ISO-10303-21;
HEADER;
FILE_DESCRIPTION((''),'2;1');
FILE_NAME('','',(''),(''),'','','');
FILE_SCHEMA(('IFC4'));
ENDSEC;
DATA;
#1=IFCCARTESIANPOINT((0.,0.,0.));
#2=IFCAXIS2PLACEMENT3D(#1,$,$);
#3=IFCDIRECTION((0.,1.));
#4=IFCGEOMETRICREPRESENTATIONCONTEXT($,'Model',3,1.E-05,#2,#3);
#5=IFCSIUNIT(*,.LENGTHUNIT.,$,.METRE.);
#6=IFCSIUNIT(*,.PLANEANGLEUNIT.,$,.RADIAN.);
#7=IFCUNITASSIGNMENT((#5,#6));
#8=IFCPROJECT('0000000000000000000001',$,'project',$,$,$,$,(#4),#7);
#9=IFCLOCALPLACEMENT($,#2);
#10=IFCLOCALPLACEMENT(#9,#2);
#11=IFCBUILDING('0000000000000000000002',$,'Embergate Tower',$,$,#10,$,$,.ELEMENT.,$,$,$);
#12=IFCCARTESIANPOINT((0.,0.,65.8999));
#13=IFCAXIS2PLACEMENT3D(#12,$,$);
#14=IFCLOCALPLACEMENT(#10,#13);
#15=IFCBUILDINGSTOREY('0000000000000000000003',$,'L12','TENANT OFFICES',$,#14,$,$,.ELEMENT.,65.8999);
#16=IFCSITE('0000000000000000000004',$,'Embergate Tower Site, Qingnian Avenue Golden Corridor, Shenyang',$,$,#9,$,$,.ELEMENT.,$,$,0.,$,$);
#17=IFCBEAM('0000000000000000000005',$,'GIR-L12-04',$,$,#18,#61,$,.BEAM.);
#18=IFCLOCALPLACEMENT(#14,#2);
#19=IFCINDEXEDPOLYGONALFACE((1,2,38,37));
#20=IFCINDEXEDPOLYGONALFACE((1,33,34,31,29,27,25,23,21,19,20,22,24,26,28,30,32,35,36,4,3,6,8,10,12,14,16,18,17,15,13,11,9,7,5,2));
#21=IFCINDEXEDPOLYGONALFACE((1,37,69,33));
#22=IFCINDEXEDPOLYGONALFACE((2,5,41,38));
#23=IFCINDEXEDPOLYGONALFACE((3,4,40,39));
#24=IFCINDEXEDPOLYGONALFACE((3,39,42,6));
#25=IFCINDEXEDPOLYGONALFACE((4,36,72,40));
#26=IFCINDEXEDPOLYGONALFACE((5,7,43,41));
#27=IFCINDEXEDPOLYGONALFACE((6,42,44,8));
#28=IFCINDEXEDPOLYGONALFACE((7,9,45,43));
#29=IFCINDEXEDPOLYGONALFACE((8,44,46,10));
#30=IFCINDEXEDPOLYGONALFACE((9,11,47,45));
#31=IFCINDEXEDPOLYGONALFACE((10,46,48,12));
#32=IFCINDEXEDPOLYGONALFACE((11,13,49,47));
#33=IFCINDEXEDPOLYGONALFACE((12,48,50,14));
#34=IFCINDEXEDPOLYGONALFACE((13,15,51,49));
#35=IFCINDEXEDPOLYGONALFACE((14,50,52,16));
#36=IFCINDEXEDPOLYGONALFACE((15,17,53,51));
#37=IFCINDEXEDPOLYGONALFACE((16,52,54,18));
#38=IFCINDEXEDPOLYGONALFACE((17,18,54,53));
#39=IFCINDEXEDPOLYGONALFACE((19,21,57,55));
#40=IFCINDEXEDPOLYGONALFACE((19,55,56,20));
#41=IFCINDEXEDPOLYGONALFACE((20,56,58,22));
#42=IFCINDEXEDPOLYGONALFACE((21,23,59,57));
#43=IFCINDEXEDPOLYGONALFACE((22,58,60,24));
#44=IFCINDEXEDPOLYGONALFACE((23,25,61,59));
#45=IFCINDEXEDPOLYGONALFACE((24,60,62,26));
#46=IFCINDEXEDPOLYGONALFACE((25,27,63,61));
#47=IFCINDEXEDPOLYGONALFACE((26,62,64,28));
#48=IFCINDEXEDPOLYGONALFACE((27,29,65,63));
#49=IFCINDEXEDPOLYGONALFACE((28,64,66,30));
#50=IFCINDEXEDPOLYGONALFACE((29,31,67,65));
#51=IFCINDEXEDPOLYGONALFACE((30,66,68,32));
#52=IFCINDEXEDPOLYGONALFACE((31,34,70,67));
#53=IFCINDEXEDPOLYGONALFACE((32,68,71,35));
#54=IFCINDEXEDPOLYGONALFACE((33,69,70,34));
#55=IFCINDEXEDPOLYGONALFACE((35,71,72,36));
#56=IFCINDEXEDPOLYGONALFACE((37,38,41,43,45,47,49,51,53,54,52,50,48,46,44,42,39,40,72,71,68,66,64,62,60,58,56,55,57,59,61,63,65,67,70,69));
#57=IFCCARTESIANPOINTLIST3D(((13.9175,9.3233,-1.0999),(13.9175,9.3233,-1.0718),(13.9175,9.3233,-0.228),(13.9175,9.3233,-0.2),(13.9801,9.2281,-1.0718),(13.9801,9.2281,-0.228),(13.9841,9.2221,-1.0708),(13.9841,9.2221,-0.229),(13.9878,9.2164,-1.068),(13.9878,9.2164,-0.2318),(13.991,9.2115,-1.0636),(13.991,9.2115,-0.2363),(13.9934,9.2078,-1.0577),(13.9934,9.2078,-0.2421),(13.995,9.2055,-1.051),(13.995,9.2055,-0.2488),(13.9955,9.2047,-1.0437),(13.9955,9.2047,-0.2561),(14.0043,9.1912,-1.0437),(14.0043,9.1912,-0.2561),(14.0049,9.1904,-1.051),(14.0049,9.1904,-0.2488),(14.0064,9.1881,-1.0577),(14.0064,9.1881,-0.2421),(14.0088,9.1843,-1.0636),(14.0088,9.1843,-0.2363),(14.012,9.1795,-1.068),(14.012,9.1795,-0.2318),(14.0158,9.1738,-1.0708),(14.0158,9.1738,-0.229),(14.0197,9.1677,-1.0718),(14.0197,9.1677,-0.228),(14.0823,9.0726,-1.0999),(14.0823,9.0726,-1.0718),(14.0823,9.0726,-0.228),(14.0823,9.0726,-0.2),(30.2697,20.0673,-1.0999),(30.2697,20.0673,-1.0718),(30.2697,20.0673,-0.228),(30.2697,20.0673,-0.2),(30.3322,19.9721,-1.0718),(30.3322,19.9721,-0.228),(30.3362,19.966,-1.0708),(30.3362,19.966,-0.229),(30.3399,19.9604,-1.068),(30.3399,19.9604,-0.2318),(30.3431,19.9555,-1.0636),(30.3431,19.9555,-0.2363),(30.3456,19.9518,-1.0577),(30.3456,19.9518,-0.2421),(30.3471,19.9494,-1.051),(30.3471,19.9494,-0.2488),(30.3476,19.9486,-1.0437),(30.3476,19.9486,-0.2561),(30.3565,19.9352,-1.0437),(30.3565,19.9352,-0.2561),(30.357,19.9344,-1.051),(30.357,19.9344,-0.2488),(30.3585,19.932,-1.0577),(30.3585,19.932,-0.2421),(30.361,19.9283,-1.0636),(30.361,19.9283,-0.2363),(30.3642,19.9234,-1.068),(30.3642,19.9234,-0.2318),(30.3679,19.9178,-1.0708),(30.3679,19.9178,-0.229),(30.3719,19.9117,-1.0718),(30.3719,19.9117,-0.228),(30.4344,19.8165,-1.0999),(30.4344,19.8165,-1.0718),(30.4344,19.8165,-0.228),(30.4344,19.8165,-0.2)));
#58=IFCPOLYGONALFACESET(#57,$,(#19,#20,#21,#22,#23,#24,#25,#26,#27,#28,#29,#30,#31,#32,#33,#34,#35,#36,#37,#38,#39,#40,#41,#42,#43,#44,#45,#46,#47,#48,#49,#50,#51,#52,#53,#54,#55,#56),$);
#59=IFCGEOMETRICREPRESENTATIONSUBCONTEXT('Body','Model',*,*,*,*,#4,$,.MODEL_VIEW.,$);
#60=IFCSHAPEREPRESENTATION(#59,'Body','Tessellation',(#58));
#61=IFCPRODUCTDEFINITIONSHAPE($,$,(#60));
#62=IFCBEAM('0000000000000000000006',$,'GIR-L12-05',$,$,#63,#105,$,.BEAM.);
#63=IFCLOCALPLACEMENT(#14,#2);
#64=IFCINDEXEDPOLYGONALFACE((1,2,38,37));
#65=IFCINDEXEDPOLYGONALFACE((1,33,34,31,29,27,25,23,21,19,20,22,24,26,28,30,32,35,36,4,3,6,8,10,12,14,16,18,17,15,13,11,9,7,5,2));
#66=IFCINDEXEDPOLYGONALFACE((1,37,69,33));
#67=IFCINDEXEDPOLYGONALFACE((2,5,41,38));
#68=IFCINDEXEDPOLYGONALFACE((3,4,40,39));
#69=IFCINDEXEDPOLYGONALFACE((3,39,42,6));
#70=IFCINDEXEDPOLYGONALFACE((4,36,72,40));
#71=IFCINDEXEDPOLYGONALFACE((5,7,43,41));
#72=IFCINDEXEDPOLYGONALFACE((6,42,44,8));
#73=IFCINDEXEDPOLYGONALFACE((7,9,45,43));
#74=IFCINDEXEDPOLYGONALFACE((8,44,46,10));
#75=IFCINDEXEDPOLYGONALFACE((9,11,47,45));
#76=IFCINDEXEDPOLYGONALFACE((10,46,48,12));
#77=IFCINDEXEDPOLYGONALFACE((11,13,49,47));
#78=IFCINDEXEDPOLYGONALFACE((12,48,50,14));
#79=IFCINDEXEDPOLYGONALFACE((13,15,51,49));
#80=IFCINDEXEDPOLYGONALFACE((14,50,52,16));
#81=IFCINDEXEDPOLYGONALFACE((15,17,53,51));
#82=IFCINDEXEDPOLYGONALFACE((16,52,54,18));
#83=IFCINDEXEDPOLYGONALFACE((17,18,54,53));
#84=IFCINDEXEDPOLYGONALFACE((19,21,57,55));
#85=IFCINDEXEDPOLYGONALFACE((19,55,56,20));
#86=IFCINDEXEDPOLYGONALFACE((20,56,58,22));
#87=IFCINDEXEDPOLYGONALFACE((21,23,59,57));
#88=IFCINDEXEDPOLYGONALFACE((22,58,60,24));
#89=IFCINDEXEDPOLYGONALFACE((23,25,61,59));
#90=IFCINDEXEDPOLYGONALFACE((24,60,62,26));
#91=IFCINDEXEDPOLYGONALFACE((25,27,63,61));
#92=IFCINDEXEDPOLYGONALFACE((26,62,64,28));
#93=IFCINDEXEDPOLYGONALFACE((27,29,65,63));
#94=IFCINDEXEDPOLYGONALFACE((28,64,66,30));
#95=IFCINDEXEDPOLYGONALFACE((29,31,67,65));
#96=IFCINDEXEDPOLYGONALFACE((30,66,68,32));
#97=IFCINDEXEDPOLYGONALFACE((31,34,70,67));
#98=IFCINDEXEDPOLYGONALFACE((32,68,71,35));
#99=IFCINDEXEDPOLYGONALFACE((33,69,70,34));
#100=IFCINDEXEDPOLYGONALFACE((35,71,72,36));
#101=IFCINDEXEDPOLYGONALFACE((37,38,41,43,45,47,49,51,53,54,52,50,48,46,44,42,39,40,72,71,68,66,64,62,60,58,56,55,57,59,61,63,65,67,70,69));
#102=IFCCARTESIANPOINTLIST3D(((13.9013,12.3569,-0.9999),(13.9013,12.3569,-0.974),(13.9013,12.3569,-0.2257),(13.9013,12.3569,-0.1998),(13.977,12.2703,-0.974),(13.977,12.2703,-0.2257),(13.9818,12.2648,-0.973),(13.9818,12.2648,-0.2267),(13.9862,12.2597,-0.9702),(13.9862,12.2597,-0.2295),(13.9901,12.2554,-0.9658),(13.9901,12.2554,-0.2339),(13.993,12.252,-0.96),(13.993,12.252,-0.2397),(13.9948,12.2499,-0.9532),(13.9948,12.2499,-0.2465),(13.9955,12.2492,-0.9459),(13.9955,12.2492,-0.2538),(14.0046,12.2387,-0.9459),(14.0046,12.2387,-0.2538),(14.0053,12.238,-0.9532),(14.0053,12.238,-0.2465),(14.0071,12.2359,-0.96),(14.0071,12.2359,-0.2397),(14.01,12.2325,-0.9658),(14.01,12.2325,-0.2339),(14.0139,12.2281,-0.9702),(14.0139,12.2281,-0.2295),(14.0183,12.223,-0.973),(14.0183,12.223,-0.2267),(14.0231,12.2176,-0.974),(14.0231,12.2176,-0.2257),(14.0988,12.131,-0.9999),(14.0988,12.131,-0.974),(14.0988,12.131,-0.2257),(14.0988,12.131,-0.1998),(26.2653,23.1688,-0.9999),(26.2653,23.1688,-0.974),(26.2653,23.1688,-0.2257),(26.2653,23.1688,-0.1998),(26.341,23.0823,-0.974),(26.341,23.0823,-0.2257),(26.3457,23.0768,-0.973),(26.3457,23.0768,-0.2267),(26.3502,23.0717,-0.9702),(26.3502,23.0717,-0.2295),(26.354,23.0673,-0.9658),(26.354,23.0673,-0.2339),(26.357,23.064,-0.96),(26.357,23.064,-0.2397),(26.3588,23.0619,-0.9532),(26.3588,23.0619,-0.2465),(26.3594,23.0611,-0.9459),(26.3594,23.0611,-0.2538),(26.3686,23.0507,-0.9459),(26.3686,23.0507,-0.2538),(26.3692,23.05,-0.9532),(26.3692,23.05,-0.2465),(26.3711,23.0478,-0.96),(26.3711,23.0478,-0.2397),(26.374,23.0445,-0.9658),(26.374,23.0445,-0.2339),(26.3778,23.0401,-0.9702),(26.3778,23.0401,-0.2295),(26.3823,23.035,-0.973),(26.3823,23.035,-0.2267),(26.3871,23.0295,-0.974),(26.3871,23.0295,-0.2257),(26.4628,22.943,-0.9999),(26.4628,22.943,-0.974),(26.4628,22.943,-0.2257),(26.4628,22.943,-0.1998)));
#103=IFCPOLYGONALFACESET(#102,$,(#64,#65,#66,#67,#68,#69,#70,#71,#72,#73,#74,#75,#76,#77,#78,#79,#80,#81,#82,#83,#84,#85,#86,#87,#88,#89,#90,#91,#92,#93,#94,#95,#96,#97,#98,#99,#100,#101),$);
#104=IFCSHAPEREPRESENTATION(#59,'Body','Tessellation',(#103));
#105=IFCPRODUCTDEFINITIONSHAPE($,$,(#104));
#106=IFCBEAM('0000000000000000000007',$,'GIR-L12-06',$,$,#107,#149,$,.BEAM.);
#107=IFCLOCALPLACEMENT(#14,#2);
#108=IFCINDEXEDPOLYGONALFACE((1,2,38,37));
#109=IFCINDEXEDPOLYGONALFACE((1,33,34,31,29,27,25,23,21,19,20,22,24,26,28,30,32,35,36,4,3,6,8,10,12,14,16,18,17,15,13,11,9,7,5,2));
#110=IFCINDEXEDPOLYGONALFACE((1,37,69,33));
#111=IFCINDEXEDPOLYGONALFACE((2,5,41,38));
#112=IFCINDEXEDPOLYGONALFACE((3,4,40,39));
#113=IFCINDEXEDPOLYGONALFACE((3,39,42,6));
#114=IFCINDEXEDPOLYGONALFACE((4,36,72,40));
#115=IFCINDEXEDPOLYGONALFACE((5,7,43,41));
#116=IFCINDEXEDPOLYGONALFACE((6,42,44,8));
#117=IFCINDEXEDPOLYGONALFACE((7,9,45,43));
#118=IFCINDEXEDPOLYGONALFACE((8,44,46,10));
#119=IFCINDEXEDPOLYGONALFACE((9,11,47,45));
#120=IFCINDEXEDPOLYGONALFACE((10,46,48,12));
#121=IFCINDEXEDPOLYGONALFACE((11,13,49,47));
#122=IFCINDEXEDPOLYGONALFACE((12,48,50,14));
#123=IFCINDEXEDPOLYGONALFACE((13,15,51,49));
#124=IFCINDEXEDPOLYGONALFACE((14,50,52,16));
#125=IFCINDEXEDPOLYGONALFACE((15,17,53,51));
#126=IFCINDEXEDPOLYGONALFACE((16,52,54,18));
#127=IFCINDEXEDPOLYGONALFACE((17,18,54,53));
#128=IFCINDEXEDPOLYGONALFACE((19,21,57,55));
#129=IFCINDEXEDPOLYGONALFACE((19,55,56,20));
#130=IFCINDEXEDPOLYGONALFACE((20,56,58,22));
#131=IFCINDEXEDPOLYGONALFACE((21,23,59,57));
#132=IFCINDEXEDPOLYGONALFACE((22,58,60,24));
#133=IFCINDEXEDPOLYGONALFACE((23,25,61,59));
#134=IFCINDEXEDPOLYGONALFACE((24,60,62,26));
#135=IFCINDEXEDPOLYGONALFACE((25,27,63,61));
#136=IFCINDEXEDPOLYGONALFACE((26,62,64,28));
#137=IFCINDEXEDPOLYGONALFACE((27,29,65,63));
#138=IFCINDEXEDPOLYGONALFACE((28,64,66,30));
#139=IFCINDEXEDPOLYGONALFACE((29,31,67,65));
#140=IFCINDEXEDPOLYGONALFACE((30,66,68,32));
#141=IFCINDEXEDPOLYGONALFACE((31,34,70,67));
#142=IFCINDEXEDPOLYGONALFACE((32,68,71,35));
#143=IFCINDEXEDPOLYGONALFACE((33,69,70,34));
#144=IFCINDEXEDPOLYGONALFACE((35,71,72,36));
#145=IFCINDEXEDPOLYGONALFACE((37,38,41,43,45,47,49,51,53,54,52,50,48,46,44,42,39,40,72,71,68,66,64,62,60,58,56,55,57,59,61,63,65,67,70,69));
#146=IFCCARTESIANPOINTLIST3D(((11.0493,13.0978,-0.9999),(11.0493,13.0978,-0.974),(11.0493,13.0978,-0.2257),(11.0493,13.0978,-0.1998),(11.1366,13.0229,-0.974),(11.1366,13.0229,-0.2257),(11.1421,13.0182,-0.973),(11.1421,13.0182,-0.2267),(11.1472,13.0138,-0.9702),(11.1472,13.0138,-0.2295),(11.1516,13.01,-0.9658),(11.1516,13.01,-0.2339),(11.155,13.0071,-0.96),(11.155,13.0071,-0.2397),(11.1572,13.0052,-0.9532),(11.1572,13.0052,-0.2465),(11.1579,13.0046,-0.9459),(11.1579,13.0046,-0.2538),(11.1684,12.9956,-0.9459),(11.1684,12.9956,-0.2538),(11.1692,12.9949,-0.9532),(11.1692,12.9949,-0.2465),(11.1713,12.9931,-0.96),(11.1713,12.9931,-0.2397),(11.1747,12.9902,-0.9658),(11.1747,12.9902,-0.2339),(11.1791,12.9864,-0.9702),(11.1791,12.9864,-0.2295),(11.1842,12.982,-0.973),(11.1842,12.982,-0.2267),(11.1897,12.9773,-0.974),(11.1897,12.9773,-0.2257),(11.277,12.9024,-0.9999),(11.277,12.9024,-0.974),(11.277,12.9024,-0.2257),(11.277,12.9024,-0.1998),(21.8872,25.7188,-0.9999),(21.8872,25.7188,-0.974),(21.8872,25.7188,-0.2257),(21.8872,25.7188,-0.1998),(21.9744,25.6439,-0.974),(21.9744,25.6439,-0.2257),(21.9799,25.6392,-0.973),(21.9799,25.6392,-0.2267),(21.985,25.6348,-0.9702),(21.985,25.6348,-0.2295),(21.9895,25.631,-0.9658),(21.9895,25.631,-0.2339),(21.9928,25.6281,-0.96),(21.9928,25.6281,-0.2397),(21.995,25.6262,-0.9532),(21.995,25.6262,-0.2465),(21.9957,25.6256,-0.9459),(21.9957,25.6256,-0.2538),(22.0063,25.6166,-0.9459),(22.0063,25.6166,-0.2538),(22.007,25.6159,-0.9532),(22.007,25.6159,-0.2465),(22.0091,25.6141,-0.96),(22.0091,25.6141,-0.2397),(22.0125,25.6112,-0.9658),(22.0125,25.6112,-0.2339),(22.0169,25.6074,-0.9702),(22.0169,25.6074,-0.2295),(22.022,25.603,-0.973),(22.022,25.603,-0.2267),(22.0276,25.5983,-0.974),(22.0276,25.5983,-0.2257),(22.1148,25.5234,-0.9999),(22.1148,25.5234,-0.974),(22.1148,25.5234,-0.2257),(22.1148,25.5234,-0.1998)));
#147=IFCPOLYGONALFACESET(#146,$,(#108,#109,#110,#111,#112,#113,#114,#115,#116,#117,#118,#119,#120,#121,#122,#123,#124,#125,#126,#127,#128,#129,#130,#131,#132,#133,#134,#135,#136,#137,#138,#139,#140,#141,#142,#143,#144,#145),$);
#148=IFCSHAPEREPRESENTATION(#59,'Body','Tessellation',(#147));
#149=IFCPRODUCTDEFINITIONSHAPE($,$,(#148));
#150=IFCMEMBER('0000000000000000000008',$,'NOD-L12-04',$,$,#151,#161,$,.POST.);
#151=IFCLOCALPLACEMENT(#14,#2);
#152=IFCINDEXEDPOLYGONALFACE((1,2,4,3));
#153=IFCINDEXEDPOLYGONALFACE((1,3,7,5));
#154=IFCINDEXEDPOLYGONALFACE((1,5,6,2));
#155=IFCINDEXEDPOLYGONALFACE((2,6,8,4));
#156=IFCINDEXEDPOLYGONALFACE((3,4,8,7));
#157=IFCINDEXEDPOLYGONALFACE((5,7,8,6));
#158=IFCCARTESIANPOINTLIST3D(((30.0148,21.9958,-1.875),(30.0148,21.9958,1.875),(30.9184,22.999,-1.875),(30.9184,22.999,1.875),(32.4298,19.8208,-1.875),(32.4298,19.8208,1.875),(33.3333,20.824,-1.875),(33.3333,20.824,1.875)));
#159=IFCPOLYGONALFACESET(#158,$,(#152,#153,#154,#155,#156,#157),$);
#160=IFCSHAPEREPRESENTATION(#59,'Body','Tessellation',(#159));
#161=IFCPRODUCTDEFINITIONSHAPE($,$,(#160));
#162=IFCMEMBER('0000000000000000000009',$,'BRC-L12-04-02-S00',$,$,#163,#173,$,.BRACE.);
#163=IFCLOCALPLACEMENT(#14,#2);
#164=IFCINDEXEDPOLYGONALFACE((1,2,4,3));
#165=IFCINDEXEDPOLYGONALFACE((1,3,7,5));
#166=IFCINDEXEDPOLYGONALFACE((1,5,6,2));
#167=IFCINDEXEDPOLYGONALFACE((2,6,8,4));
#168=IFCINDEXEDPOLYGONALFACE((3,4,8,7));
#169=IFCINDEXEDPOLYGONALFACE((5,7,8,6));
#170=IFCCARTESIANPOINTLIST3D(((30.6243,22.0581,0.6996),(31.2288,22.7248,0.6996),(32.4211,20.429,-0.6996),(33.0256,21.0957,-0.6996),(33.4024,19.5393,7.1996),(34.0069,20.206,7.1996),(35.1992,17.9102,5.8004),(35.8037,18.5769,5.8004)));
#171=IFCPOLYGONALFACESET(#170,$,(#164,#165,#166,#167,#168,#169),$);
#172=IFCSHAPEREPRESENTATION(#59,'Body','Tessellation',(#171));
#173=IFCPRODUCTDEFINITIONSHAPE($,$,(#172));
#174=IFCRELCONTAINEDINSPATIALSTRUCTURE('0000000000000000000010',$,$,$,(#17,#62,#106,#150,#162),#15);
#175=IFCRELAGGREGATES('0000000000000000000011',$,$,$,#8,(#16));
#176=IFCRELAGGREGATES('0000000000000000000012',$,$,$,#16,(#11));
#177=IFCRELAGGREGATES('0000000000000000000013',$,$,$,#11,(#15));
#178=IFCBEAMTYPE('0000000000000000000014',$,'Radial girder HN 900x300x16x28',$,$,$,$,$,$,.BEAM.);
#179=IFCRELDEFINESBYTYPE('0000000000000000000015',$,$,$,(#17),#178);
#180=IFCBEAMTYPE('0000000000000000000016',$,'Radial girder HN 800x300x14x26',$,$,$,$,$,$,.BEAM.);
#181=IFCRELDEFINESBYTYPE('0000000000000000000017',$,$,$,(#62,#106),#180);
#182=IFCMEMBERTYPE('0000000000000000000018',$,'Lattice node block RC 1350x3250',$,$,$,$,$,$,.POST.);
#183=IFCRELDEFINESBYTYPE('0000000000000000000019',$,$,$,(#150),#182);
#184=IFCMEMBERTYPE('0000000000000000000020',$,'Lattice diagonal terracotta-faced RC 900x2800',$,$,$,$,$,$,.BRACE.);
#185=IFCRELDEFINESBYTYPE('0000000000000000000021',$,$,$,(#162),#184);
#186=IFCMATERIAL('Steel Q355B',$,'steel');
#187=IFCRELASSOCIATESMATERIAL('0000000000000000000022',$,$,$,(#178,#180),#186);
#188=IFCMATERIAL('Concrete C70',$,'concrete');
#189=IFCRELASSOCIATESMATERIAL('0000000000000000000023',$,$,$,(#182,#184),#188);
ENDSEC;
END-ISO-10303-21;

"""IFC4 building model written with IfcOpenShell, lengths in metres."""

from ifc_helpers import new_model, si_unit, direction, frame, origin, origin_2d, place, context, subcontext, project, spatial, rectangle, i_section, extrude, source, transform, mapped, material, material_profile, profile_set, type_object, element, save


model = new_model("IFC4")

# Units and contexts
model_context = context("Model", 3, precision=1e-05, world=origin(), true_north=direction((0.0, 1.0)))
body_context = subcontext(model_context, "Body", "Model", "MODEL_VIEW")
ifc_project = project(units=[si_unit("LENGTHUNIT", "METRE"), si_unit("PLANEANGLEUNIT", "RADIAN")], contexts=[model_context])

# Site, building, storey
site_placement = place(None, origin())
site = spatial("IfcSite", under=ifc_project, at=site_placement, Name="Embergate Tower Site, Qingnian Avenue Golden Corridor, Shenyang", CompositionType="ELEMENT", RefElevation=0.0)
building_placement = place(site_placement, origin())
building = spatial("IfcBuilding", under=site, at=building_placement, Name="Embergate Tower", CompositionType="ELEMENT")
storey_placement = place(building_placement, frame((0.0, 0.0, 65.8999)))
storey = spatial("IfcBuildingStorey", under=building, at=storey_placement, Name="L12", Description="TENANT OFFICES", CompositionType="ELEMENT", Elevation=65.8999)

# Shared definitions
ifc_material_1 = material(Name="Concrete C70", Category="concrete")

# Beams
ifc_material_2 = material(Name="Steel Q355B", Category="steel")
ifc_material_profile_1 = material_profile(ifc_material_2, i_section(OverallWidth=0.3, OverallDepth=0.8999, WebThickness=0.0161, FlangeThickness=0.0281, FilletRadius=0.0281, at=origin_2d()), Name="HN 900x300x16x28")
ifc_profile_set_1 = profile_set([ifc_material_profile_1], Name="Steel Q355 grade B")
beam_type_1 = type_object("IfcBeamType", Name="Radial girder HN 900x300x16x28", PredefinedType="BEAM", material=ifc_profile_set_1)
shared_shape_1 = source(origin(), body_context, "Body", "SweptSolid", [
    extrude(i_section(OverallWidth=0.3, OverallDepth=0.8999, WebThickness=0.0161, FlangeThickness=0.0281, FilletRadius=0.0281, at=origin_2d()), origin(), (0.0, 0.0, 1.0), 19.5659),
])
beam_1_placement = place(storey_placement, frame((30.3521, 19.9419, -0.6499), z_axis=(-0.835746, -0.549116, 0.0), x_axis=(0.549116, -0.835746, 0.0)))
element("IfcBeam", 1, at=beam_1_placement, inside=storey, type_object=beam_type_1, Name="GIR-L12-04", PredefinedType="BEAM", context=body_context, shape_type="MappedRepresentation", body=[
    mapped(shared_shape_1, transform((0.0, 0.0, 0.0))),
])
ifc_material_profile_2 = material_profile(ifc_material_2, i_section(OverallWidth=0.3, OverallDepth=0.8, WebThickness=0.0139, FlangeThickness=0.0259, FilletRadius=0.0281, at=origin_2d()), Name="HN 800x300x14x26")
ifc_profile_set_2 = profile_set([ifc_material_profile_2], Name="Steel Q355 grade B")
beam_type_2 = type_object("IfcBeamType", Name="Radial girder HN 800x300x14x26", PredefinedType="BEAM", material=ifc_profile_set_2)
shared_shape_2 = source(origin(), body_context, "Body", "SweptSolid", [
    extrude(i_section(OverallWidth=0.3, OverallDepth=0.8, WebThickness=0.0139, FlangeThickness=0.0259, FilletRadius=0.0281, at=origin_2d()), origin(), (0.0, 0.0, 1.0), 16.4246),
])
beam_2_placement = place(storey_placement, frame((26.364, 23.0559, -0.5999), z_axis=(-0.752773, -0.65828, 0.0), x_axis=(0.65828, -0.752773, 0.0)))
element("IfcBeam", 2, at=beam_2_placement, inside=storey, type_object=beam_type_2, Name="GIR-L12-05", PredefinedType="BEAM", context=body_context, shape_type="MappedRepresentation", body=[
    mapped(shared_shape_2, transform((0.0, 0.0, 0.0))),
])
shared_shape_3 = source(origin(), body_context, "Body", "SweptSolid", [
    extrude(i_section(OverallWidth=0.3, OverallDepth=0.8, WebThickness=0.0139, FlangeThickness=0.0259, FilletRadius=0.0281, at=origin_2d()), origin(), (0.0, 0.0, 1.0), 16.6357),
])
beam_3_placement = place(storey_placement, frame((22.001, 25.6211, -0.5999), z_axis=(-0.651478, -0.758668, 0.0), x_axis=(0.758668, -0.651478, 0.0)))
element("IfcBeam", 3, at=beam_3_placement, inside=storey, type_object=beam_type_2, Name="GIR-L12-06", PredefinedType="BEAM", context=body_context, shape_type="MappedRepresentation", body=[
    mapped(shared_shape_3, transform((0.0, 0.0, 0.0))),
])

# Members
ifc_material_profile_3 = material_profile(ifc_material_1, rectangle(XDim=1.3501, YDim=3.25, at=origin_2d()), Name="RC 1350x3250")
ifc_profile_set_3 = profile_set([ifc_material_profile_3], Name="Concrete C70")
member_type_1 = type_object("IfcMemberType", Name="Lattice node block RC 1350x3250", PredefinedType="POST", material=ifc_profile_set_3)
shared_shape_4 = source(origin(), body_context, "Body", "SweptSolid", [
    extrude(rectangle(XDim=1.3501, YDim=3.25, at=origin_2d()), origin(), (0.0, 0.0, 1.0), 3.75),
])
member_1_placement = place(storey_placement, frame((31.6741, 21.4099, -1.875), z_axis=(0.0, 0.0, 1.0), x_axis=(0.669221, 0.743063, 0.0)))
element("IfcMember", 4, at=member_1_placement, inside=storey, type_object=member_type_1, Name="NOD-L12-04", PredefinedType="POST", context=body_context, shape_type="MappedRepresentation", body=[
    mapped(shared_shape_4, transform((0.0, 0.0, 0.0))),
])
ifc_material_profile_4 = material_profile(ifc_material_1, rectangle(XDim=0.8999, YDim=2.8, at=origin_2d()), Name="RC 900x2800")
ifc_profile_set_4 = profile_set([ifc_material_profile_4], Name="Concrete C70")
member_type_2 = type_object("IfcMemberType", Name="Lattice diagonal terracotta-faced RC 900x2800", PredefinedType="BRACE", material=ifc_profile_set_4)
shared_shape_5 = source(origin(), body_context, "Body", "SweptSolid", [
    extrude(rectangle(XDim=0.8999, YDim=2.8, at=origin_2d()), origin(), (0.0, 0.0, 1.0), 7.5042),
])
member_2_placement = place(storey_placement, frame((31.825, 21.5769, 0.0), z_axis=(0.370206, -0.335655, 0.866189), x_axis=(0.67169, 0.740832, 0.0)))
element("IfcMember", 5, at=member_2_placement, inside=storey, type_object=member_type_2, Name="BRC-L12-04-02-S00", PredefinedType="BRACE", context=body_context, shape_type="MappedRepresentation", body=[
    mapped(shared_shape_5, transform((0.0, 0.0, 0.0))),
])

save(model, "model.ifc")
